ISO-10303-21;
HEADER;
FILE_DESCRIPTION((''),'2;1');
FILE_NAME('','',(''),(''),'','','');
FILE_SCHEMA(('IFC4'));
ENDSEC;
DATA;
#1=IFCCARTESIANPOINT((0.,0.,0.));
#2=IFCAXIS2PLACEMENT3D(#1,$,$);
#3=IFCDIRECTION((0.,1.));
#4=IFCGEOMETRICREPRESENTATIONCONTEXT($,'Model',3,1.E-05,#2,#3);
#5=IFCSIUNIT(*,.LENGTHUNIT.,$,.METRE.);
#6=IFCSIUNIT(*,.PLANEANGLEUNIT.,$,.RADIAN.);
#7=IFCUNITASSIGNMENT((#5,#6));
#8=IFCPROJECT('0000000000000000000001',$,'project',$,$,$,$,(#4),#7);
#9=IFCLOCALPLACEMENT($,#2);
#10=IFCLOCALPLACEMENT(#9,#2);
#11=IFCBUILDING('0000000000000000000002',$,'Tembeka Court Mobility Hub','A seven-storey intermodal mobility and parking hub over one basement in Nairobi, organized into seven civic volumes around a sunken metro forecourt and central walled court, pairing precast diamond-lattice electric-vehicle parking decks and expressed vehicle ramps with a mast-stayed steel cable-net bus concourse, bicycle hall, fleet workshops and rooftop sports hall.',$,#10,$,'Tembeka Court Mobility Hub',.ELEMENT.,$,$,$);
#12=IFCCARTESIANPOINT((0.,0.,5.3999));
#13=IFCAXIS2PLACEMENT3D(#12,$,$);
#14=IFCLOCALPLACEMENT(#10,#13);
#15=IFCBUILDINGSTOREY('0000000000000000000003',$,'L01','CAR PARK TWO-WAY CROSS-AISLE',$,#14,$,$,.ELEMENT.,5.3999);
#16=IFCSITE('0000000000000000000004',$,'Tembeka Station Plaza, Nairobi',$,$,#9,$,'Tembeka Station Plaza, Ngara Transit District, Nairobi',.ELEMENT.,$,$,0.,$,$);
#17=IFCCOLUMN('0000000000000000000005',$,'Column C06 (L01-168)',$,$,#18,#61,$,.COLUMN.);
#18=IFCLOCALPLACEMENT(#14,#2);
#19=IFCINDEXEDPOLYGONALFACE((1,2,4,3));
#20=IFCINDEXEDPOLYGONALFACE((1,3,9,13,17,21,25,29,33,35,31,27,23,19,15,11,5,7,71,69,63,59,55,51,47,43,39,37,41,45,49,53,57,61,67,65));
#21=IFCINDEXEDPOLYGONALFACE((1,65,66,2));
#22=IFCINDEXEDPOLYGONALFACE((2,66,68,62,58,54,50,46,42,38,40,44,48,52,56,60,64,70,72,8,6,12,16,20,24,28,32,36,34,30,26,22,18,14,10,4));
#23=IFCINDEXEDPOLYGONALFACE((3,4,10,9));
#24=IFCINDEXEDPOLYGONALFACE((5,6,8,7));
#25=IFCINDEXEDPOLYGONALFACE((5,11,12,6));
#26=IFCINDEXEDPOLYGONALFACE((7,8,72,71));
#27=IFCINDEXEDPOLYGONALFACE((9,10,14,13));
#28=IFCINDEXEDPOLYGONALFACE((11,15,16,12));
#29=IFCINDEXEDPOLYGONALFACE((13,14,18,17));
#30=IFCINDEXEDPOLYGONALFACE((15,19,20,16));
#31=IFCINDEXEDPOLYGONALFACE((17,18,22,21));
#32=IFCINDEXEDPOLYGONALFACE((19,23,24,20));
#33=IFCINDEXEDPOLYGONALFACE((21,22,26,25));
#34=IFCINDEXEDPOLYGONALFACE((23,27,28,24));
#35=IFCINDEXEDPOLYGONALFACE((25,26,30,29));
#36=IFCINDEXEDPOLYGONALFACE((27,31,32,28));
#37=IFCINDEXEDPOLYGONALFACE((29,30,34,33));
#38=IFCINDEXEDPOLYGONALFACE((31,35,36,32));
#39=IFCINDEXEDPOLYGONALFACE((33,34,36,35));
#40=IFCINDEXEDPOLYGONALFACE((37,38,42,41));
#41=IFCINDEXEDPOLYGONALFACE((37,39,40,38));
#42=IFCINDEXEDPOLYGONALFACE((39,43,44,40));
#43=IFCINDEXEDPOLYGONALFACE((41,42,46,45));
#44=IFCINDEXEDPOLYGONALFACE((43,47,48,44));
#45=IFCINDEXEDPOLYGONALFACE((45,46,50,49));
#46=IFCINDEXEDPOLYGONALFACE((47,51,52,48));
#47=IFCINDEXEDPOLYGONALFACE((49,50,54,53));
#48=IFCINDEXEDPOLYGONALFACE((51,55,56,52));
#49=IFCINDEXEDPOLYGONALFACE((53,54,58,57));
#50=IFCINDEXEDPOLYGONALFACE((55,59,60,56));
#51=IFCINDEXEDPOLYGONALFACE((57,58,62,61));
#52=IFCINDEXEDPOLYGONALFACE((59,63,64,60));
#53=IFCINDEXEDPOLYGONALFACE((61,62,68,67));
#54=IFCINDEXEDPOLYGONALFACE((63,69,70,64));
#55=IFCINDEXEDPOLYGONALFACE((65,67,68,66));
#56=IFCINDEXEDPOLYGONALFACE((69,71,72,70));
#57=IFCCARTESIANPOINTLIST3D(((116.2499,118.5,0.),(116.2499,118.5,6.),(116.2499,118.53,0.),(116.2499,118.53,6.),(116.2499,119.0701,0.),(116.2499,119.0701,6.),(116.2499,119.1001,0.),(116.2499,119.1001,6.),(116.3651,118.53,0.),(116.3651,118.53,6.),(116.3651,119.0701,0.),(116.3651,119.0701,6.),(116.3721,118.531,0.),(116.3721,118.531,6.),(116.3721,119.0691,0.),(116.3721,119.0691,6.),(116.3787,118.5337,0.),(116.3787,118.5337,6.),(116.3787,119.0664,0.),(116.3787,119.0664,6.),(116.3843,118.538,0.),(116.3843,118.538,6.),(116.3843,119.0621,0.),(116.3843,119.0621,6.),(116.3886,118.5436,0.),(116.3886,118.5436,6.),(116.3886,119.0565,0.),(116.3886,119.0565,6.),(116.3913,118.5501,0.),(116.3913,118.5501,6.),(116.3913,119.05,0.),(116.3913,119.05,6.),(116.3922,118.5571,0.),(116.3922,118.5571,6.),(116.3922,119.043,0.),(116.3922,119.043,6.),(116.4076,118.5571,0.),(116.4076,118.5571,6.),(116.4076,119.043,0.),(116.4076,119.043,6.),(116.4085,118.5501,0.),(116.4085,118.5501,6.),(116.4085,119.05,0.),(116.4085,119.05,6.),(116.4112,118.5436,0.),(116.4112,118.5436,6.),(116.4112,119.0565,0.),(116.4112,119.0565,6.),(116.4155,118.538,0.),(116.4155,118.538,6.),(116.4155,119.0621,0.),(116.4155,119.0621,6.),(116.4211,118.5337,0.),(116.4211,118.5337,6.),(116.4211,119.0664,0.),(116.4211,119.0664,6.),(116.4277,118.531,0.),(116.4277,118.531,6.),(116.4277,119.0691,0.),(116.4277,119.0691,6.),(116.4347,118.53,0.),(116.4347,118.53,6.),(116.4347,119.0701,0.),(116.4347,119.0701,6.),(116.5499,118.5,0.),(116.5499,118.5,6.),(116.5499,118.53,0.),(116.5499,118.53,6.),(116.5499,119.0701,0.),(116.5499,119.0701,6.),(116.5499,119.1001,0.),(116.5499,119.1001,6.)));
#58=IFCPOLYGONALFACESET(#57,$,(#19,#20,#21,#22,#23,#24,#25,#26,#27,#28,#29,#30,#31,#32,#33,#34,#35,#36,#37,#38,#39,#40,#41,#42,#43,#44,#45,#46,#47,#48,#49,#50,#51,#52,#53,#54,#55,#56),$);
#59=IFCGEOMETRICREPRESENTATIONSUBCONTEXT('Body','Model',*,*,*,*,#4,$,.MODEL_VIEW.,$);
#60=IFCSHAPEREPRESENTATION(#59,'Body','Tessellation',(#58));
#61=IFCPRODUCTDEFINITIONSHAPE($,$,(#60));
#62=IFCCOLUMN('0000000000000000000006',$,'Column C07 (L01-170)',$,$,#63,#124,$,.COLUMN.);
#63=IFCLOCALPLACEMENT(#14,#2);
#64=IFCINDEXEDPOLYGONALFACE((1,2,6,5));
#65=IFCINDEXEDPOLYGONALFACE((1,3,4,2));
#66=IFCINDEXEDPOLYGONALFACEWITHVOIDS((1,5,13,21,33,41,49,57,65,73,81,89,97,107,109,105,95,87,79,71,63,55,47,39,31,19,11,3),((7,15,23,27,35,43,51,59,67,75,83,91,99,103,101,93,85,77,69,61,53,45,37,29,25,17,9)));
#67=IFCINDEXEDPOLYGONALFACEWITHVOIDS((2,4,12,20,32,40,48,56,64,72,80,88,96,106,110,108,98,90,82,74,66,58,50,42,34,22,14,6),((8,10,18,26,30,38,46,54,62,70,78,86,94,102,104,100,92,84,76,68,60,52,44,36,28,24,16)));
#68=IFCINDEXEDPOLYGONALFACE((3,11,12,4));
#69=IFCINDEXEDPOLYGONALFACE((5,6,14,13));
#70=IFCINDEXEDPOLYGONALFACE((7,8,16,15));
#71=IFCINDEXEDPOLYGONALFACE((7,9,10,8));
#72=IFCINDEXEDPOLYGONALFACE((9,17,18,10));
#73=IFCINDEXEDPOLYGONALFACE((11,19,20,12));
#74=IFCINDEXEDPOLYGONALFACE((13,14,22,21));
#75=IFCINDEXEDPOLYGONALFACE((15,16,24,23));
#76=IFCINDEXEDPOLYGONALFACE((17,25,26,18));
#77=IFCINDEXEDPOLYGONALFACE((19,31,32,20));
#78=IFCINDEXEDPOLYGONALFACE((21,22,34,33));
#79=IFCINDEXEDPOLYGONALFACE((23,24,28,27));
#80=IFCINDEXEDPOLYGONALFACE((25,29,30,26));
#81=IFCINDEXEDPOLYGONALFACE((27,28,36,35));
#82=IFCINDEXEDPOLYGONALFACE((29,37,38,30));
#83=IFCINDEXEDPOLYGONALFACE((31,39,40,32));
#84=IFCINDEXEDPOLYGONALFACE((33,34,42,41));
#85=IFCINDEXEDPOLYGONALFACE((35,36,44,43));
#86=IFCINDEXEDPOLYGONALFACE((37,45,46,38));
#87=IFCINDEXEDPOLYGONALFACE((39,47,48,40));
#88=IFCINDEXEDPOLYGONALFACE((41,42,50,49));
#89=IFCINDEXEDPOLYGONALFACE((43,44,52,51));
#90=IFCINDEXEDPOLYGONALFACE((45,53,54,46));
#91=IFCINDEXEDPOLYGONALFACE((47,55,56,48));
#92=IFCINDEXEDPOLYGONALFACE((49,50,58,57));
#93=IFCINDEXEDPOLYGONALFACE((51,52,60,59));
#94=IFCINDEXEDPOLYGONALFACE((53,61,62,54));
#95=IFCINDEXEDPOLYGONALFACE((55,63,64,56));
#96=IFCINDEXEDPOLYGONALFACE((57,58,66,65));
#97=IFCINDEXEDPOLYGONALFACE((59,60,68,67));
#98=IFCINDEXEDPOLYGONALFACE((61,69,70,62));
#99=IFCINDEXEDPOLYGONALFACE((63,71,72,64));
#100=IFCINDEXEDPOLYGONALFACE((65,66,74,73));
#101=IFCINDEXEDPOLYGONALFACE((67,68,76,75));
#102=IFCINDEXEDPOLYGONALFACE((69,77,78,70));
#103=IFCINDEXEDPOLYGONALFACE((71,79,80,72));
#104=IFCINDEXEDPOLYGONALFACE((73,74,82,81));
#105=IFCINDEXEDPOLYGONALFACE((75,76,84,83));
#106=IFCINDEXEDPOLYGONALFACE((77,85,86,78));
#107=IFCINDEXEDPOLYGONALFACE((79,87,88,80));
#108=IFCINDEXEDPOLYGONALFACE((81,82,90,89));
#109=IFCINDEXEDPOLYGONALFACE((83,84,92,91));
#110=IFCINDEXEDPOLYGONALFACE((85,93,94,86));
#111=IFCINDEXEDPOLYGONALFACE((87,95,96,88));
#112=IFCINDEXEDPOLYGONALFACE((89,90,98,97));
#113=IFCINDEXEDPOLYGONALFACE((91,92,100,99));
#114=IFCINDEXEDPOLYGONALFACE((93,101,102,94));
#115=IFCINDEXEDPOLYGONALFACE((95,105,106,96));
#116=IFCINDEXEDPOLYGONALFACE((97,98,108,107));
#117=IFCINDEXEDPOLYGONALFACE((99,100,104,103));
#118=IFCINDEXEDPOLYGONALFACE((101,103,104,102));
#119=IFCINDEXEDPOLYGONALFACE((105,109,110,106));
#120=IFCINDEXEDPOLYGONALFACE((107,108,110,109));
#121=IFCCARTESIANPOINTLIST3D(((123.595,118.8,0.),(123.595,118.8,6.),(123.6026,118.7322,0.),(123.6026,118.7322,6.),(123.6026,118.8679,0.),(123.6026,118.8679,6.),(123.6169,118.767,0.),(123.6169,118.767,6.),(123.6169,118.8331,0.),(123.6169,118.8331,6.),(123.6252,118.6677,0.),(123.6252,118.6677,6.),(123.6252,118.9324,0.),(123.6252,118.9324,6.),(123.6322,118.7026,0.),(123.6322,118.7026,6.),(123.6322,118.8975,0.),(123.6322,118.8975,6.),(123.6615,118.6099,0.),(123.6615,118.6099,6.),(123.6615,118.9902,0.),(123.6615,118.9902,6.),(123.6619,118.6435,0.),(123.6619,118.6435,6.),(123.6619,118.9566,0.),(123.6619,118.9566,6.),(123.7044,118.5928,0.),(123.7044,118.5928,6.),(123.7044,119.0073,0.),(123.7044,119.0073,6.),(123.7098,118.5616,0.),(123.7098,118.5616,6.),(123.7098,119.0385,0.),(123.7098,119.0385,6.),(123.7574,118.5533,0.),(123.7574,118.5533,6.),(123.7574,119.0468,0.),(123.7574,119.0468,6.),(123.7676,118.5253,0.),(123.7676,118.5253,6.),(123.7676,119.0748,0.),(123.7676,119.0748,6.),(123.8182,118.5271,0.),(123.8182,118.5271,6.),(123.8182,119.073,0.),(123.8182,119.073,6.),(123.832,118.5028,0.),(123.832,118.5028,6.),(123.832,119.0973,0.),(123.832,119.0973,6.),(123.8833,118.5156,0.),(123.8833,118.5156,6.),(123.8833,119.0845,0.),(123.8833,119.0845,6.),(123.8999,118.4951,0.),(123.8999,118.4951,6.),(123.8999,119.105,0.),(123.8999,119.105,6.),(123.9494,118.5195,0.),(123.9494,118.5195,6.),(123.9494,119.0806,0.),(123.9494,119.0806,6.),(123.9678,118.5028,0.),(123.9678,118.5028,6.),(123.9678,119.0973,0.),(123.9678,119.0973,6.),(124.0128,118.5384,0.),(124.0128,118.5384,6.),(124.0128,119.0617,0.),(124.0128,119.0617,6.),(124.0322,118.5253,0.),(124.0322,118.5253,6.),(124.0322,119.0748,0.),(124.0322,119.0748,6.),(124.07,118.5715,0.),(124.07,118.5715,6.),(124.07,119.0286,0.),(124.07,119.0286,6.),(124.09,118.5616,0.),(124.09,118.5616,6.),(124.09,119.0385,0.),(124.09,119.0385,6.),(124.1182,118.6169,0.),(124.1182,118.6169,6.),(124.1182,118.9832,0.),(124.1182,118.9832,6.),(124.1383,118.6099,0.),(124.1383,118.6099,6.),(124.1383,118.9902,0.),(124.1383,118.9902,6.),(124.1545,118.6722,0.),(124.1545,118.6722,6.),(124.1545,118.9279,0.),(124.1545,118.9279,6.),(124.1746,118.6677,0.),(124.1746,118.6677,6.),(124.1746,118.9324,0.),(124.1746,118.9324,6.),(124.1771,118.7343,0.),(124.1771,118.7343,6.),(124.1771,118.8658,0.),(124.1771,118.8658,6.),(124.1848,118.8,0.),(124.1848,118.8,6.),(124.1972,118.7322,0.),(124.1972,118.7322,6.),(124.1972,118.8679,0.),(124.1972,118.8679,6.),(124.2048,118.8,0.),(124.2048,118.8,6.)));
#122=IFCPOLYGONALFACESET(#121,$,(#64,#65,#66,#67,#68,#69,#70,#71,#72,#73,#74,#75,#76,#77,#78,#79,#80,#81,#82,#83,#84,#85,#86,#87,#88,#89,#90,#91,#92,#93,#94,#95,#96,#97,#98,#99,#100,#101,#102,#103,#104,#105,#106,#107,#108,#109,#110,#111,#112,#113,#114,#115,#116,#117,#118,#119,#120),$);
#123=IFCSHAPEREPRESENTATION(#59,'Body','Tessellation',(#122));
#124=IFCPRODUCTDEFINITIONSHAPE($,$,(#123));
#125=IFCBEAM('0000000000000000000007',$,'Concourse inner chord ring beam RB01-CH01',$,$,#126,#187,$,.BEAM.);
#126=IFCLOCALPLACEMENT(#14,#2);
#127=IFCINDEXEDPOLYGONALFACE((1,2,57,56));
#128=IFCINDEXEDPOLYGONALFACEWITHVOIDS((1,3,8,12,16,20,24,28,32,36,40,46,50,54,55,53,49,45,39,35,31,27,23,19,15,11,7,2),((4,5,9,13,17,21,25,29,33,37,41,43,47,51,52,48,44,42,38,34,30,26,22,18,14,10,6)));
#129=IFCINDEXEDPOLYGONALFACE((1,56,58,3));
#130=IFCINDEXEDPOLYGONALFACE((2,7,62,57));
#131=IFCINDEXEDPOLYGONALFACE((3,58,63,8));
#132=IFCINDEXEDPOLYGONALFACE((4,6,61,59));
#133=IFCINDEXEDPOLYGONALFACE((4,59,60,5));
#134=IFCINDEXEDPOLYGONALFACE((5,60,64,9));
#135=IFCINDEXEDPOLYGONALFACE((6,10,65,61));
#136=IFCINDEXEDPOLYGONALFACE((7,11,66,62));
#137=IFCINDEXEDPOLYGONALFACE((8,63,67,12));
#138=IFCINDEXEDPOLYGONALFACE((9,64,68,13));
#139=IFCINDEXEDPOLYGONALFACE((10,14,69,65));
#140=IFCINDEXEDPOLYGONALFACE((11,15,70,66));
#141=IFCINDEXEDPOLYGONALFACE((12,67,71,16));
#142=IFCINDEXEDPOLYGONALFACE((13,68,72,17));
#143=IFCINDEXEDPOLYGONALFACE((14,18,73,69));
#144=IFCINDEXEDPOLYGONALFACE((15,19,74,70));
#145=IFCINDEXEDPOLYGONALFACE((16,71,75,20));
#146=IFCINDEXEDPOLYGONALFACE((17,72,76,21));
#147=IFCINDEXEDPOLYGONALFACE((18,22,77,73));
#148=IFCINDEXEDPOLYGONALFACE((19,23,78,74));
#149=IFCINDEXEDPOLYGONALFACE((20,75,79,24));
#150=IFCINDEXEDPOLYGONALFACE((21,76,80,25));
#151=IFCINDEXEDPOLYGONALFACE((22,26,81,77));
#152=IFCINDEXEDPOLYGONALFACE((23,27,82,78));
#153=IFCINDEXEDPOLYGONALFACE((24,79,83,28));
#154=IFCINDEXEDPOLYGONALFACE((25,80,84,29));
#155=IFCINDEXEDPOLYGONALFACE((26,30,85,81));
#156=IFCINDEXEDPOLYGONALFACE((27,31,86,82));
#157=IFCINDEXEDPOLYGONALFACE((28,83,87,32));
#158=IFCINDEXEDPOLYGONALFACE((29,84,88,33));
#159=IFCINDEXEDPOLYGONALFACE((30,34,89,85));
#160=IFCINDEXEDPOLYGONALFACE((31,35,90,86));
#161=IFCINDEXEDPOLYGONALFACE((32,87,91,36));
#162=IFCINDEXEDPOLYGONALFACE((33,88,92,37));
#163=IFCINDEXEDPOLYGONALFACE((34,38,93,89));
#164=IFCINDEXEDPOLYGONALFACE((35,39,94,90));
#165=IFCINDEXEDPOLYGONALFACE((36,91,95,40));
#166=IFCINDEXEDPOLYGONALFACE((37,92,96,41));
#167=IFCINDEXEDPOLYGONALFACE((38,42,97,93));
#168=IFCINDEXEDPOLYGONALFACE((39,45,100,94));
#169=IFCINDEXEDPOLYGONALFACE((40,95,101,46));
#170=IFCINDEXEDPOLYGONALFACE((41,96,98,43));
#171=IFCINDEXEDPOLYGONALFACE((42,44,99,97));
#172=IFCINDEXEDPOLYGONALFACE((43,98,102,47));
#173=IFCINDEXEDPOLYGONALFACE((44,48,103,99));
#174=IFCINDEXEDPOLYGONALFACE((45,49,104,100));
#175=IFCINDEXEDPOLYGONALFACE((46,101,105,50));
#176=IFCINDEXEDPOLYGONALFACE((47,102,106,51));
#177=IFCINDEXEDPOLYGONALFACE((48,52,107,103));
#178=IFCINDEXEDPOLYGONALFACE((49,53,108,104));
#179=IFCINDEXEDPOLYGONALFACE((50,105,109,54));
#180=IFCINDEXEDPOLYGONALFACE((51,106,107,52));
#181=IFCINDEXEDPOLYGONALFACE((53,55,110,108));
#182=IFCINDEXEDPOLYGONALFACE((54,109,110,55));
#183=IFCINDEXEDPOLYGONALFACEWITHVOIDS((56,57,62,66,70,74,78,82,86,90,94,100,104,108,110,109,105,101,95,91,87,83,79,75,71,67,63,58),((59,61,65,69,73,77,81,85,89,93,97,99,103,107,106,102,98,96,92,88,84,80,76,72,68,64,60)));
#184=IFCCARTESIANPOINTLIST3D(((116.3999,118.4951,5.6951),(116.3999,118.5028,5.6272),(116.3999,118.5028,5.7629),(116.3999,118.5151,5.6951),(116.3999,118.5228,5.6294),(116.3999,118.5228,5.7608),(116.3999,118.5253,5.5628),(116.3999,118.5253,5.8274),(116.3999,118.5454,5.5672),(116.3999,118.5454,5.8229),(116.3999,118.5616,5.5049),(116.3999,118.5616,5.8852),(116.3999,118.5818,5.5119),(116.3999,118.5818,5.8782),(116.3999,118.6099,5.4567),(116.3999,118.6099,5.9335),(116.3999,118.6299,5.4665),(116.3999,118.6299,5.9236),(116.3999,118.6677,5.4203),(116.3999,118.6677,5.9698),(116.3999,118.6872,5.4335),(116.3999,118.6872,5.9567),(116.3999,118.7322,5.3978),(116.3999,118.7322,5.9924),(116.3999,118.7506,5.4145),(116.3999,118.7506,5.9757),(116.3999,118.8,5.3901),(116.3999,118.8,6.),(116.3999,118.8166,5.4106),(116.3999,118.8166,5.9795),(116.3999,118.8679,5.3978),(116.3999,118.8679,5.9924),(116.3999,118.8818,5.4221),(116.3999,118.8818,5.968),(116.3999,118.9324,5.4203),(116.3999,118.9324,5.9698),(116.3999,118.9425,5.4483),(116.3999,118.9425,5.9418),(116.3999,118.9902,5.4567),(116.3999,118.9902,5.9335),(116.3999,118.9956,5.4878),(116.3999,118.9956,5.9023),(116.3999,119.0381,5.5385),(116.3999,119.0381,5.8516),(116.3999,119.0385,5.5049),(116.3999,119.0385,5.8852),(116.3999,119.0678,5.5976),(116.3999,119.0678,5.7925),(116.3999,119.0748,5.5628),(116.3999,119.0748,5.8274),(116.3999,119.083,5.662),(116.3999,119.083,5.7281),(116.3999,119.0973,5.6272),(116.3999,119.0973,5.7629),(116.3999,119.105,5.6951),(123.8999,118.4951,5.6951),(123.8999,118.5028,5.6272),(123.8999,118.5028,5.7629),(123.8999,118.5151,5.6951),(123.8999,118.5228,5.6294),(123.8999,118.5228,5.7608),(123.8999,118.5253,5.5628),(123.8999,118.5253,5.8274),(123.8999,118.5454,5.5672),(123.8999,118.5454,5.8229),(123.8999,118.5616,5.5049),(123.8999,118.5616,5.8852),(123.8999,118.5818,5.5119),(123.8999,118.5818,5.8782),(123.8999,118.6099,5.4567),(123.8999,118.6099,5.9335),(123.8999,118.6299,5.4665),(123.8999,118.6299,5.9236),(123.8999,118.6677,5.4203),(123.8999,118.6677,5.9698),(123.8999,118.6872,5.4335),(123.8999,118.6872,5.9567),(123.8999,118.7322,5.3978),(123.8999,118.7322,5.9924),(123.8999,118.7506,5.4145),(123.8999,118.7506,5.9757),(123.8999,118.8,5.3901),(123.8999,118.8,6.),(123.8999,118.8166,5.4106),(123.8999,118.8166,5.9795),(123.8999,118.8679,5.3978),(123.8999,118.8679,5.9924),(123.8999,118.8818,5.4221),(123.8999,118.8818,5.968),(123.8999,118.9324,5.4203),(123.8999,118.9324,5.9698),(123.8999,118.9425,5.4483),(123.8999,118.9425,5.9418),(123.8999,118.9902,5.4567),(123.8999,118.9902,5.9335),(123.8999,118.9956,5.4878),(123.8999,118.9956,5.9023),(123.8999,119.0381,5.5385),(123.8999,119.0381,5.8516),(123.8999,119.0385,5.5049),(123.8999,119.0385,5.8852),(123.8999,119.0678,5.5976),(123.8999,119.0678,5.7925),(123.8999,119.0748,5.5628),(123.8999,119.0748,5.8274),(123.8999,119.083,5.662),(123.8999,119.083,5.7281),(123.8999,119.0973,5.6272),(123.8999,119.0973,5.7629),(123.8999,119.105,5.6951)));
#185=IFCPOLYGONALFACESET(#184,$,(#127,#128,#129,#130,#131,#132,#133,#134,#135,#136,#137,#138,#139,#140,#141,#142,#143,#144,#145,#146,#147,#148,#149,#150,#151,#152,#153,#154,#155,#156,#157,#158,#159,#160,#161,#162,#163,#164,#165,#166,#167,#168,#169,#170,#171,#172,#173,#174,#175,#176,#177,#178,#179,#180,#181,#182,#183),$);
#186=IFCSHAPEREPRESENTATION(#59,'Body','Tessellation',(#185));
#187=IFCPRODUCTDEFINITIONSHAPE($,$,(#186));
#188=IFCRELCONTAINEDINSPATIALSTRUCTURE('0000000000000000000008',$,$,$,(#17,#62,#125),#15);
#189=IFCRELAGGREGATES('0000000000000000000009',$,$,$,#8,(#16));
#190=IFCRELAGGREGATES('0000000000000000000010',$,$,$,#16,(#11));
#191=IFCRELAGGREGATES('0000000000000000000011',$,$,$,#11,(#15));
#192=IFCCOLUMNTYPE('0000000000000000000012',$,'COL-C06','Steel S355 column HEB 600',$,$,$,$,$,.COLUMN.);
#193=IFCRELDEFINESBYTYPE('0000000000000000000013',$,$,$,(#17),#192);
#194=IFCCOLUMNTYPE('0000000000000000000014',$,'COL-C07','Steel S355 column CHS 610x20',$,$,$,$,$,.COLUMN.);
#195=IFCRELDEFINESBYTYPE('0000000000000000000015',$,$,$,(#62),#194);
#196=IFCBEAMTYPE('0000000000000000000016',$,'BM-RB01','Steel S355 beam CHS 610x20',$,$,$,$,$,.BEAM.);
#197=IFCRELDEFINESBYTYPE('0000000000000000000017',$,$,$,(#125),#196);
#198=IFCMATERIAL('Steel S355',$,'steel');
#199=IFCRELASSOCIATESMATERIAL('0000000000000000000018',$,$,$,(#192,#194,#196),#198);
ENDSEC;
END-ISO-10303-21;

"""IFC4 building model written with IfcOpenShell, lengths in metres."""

from ifc_helpers import new_model, si_unit, direction, frame, origin, origin_2d, place, context, subcontext, project, spatial, hollow_circle, i_section, extrude, material, material_profile, profile_set, type_object, element, save


model = new_model("IFC4")

# Units and contexts
model_context = context("Model", 3, precision=1e-05, world=origin(), true_north=direction((0.0, 1.0)))
body_context = subcontext(model_context, "Body", "Model", "MODEL_VIEW")
ifc_project = project(units=[si_unit("LENGTHUNIT", "METRE"), si_unit("PLANEANGLEUNIT", "RADIAN")], contexts=[model_context])

# Site, building, storey
site_placement = place(None, origin())
site = spatial("IfcSite", under=ifc_project, at=site_placement, Name="Tembeka Station Plaza, Nairobi", LongName="Tembeka Station Plaza, Ngara Transit District, Nairobi", CompositionType="ELEMENT", RefElevation=0.0)
building_placement = place(site_placement, origin())
building = spatial("IfcBuilding", under=site, at=building_placement, Name="Tembeka Court Mobility Hub", Description="A seven-storey intermodal mobility and parking hub over one basement in Nairobi, organized into seven civic volumes around a sunken metro forecourt and central walled court, pairing precast diamond-lattice electric-vehicle parking decks and expressed vehicle ramps with a mast-stayed steel cable-net bus concourse, bicycle hall, fleet workshops and rooftop sports hall.", LongName="Tembeka Court Mobility Hub", CompositionType="ELEMENT")
storey_placement = place(building_placement, frame((0.0, 0.0, 5.3999)))
storey = spatial("IfcBuildingStorey", under=building, at=storey_placement, Name="L01", Description="CAR PARK TWO-WAY CROSS-AISLE", CompositionType="ELEMENT", Elevation=5.3999)

# Columns
ifc_material_1 = material(Name="Steel S355", Category="steel")
ifc_material_profile_1 = material_profile(ifc_material_1, i_section(OverallWidth=0.3, OverallDepth=0.6001, WebThickness=0.0154, FlangeThickness=0.03, FilletRadius=0.0271, at=origin_2d()), Name="HEB 600")
ifc_profile_set_1 = profile_set([ifc_material_profile_1], Name="Steel S355")
column_type_1 = type_object("IfcColumnType", Name="COL-C06", Description="Steel S355 column HEB 600", PredefinedType="COLUMN", material=ifc_profile_set_1)
column_1_placement = place(storey_placement, frame((116.3999, 118.8, 0.0), z_axis=(0.0, 0.0, 1.0), x_axis=(1.0, 0.0, 0.0)))
element("IfcColumn", 1, at=column_1_placement, inside=storey, type_object=column_type_1, Name="Column C06 (L01-168)", PredefinedType="COLUMN", context=body_context, shape_type="SweptSolid", body=[
    extrude(i_section(OverallWidth=0.3, OverallDepth=0.6001, WebThickness=0.0154, FlangeThickness=0.03, FilletRadius=0.0271, at=origin_2d()), origin(), (0.0, 0.0, 1.0), 6.0),
])
ifc_material_profile_2 = material_profile(ifc_material_1, hollow_circle(Radius=0.3049, WallThickness=0.02, at=origin_2d()), Name="CHS 610x20")
ifc_profile_set_2 = profile_set([ifc_material_profile_2], Name="Steel S355")
column_type_2 = type_object("IfcColumnType", Name="COL-C07", Description="Steel S355 column CHS 610x20", PredefinedType="COLUMN", material=ifc_profile_set_2)
column_2_placement = place(storey_placement, frame((123.8999, 118.8, 0.0), z_axis=(0.0, 0.0, 1.0), x_axis=(1.0, 0.0, 0.0)))
element("IfcColumn", 2, at=column_2_placement, inside=storey, type_object=column_type_2, Name="Column C07 (L01-170)", PredefinedType="COLUMN", context=body_context, shape_type="SweptSolid", body=[
    extrude(hollow_circle(Radius=0.3049, WallThickness=0.02, at=origin_2d()), origin(), (0.0, 0.0, 1.0), 6.0),
])

# Beam
ifc_material_profile_3 = material_profile(ifc_material_1, hollow_circle(Radius=0.3049, WallThickness=0.02, at=origin_2d()), Name="CHS 610x20")
ifc_profile_set_3 = profile_set([ifc_material_profile_3], Name="Steel S355")
beam_type = type_object("IfcBeamType", Name="BM-RB01", Description="Steel S355 beam CHS 610x20", PredefinedType="BEAM", material=ifc_profile_set_3)
beam_1_placement = place(storey_placement, frame((123.8999, 118.8, 5.6951), z_axis=(-1.0, 0.0, 0.0), x_axis=(0.0, -1.0, 0.0)))
element("IfcBeam", 3, at=beam_1_placement, inside=storey, type_object=beam_type, Name="Concourse inner chord ring beam RB01-CH01", PredefinedType="BEAM", context=body_context, shape_type="SweptSolid", body=[
    extrude(hollow_circle(Radius=0.3049, WallThickness=0.02, at=origin_2d()), origin(), (0.0, 0.0, 1.0), 7.5),
])

save(model, "model.ifc")
